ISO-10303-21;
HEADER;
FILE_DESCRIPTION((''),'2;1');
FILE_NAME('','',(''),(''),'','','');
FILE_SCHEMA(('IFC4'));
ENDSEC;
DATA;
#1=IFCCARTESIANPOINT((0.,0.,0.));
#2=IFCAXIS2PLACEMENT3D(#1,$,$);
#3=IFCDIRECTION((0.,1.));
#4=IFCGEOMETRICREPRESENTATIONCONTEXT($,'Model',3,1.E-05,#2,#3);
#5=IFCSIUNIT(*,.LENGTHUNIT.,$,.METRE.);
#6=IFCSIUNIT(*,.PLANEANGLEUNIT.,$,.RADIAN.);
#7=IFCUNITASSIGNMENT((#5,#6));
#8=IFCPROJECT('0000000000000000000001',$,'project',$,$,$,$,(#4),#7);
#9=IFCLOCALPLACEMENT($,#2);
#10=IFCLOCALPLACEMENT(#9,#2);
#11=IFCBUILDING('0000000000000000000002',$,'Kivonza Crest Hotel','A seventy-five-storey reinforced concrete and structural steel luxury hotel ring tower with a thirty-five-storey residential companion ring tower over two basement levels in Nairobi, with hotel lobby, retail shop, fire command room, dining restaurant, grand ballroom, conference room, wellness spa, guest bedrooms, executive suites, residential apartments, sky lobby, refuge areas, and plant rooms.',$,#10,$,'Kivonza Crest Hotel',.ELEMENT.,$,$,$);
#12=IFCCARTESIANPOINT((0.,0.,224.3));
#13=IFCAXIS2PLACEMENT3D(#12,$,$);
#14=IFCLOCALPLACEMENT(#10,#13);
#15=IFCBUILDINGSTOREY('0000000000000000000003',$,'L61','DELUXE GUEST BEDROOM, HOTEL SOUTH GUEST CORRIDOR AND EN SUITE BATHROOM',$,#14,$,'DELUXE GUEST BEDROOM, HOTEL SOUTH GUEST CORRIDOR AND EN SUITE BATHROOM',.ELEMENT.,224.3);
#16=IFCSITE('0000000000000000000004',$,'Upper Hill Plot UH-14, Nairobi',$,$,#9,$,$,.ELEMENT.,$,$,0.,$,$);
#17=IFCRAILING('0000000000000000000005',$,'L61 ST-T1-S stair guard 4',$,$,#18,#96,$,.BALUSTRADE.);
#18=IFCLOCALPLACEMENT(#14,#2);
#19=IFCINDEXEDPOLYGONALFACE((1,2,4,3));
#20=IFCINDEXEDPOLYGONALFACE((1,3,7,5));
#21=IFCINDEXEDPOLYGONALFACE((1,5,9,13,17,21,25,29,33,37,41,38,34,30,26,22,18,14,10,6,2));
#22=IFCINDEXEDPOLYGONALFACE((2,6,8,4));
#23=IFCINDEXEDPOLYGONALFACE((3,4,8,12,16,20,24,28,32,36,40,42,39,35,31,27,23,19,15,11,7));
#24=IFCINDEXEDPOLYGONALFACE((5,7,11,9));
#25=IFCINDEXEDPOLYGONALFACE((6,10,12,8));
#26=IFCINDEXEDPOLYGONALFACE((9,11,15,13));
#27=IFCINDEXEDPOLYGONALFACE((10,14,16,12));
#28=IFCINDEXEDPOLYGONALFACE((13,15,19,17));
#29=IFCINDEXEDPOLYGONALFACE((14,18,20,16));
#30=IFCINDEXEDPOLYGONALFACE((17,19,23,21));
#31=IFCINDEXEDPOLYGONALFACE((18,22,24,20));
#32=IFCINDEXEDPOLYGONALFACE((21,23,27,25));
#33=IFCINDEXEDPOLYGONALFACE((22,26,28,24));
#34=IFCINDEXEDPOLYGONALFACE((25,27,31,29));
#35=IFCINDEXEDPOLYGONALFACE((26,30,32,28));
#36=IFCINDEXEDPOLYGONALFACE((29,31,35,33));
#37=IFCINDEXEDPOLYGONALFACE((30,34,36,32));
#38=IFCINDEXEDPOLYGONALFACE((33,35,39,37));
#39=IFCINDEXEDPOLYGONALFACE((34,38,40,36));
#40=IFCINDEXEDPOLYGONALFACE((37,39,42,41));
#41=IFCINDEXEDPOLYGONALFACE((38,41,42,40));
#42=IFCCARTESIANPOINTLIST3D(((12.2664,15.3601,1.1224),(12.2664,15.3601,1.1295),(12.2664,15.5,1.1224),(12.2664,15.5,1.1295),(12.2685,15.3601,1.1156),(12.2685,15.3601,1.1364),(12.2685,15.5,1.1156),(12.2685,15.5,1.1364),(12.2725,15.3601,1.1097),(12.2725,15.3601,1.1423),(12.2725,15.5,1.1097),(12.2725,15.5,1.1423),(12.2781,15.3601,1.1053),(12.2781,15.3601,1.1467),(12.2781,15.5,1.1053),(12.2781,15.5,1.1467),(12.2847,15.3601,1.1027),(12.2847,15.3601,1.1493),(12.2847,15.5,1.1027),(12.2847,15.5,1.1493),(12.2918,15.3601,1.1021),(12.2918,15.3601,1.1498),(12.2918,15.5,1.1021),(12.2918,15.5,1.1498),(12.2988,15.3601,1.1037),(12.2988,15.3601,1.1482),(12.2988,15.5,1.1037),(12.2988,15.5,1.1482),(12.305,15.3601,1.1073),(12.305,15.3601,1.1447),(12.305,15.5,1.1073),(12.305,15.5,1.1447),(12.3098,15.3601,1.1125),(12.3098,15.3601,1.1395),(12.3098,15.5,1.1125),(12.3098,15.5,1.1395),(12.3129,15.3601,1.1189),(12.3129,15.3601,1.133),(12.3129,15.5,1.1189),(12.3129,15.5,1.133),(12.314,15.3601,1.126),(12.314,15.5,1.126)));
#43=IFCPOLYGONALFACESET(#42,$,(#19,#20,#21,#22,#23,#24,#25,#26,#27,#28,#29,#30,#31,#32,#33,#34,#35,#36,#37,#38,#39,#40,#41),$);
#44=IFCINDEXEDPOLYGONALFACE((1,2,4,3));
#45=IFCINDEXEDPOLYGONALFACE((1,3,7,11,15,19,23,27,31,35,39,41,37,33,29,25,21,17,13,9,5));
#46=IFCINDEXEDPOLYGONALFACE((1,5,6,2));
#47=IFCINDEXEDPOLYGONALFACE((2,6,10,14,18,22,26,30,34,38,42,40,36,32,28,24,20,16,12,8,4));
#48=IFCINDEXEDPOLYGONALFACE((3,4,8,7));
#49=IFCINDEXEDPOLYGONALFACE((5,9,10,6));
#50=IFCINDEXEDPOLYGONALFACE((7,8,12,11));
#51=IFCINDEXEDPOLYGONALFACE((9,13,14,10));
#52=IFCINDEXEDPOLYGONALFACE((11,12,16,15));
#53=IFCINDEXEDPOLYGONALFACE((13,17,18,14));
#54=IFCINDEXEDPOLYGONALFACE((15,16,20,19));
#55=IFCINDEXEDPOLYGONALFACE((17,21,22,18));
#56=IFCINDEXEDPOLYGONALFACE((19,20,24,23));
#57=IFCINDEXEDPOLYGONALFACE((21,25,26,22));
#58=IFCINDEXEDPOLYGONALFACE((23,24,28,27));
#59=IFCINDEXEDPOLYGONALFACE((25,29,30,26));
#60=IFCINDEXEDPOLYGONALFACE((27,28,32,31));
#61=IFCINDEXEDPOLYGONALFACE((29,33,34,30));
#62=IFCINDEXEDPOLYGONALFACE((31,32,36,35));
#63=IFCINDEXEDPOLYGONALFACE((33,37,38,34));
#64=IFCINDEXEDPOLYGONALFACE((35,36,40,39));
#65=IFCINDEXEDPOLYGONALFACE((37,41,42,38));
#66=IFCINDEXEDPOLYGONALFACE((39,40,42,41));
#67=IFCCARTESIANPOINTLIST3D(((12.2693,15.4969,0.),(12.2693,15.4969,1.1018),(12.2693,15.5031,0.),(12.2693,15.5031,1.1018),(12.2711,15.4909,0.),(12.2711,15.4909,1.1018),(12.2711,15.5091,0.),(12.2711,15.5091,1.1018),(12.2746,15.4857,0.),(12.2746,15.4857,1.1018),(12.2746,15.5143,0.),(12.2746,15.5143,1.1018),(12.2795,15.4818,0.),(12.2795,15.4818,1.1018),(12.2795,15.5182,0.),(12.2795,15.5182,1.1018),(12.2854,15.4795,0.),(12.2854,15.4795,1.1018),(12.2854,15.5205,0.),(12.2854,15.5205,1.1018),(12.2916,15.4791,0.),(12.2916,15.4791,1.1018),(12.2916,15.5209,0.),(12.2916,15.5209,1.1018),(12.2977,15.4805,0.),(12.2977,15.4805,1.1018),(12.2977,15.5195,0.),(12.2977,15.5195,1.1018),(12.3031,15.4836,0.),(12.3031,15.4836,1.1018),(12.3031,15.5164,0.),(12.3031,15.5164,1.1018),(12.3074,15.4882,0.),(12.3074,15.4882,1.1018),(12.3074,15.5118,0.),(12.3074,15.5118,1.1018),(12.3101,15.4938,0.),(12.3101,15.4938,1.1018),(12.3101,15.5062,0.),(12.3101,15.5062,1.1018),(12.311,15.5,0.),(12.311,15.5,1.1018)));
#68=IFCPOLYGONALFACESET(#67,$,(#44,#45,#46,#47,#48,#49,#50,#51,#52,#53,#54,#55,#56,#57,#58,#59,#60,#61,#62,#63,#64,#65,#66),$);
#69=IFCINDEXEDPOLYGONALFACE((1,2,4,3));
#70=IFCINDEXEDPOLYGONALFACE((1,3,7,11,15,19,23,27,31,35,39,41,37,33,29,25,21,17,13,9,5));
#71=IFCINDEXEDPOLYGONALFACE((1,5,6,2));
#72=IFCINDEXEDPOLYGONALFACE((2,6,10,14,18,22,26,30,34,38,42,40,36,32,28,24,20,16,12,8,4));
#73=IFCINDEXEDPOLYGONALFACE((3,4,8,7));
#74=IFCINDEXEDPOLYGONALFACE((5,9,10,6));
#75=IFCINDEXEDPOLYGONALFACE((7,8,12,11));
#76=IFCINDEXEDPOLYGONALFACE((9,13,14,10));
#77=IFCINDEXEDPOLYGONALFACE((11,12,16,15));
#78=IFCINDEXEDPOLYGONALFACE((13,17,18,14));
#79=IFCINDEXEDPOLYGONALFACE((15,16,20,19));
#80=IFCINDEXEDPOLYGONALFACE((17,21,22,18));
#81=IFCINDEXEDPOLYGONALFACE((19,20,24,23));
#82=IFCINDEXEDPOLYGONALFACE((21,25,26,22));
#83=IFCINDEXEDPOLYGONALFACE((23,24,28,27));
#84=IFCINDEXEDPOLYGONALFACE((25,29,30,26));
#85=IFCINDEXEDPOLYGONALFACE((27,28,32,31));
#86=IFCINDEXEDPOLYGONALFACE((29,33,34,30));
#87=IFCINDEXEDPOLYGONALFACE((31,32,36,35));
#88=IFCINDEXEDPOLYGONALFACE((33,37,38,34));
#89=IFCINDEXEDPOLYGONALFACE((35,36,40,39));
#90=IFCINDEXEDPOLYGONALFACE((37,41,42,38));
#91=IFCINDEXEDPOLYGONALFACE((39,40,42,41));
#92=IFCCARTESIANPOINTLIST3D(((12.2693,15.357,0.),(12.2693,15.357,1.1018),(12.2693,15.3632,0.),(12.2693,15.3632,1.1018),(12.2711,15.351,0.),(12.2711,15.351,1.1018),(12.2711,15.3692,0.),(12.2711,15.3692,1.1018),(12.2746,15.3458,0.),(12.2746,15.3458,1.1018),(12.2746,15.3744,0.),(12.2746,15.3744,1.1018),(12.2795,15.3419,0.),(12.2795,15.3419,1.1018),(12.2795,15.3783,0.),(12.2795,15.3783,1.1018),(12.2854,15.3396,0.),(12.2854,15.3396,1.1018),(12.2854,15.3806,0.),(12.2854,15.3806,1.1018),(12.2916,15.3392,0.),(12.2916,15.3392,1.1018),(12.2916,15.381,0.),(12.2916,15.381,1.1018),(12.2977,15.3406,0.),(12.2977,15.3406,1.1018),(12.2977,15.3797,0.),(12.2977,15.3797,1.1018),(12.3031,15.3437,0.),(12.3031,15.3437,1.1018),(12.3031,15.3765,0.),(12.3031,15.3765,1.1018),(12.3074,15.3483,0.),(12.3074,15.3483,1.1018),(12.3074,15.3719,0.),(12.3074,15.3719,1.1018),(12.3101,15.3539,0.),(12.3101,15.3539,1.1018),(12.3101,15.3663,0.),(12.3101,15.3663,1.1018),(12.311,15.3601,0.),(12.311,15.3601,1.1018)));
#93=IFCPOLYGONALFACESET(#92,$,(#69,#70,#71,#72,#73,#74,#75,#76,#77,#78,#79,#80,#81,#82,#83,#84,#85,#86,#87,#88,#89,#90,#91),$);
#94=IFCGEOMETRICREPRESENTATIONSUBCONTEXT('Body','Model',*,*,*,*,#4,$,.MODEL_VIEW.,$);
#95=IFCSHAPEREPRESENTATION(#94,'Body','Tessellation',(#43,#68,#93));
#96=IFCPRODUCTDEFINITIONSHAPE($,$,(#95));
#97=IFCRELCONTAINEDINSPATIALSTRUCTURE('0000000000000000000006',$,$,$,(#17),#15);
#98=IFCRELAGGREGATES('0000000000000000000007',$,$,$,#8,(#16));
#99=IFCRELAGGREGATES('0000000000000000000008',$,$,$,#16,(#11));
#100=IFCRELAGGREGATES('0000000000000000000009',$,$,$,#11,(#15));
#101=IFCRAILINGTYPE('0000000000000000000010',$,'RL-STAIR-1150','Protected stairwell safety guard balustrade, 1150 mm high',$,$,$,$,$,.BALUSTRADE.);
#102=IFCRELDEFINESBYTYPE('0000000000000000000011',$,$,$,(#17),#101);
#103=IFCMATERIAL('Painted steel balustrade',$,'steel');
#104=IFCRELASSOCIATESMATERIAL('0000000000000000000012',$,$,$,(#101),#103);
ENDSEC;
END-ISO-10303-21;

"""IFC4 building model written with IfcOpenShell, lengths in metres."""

from ifc_helpers import new_model, si_unit, direction, frame, origin, origin_2d, place, context, subcontext, project, spatial, circle, extrude, material, type_object, element, save


model = new_model("IFC4")

# Units and contexts
model_context = context("Model", 3, precision=1e-05, world=origin(), true_north=direction((0.0, 1.0)))
body_context = subcontext(model_context, "Body", "Model", "MODEL_VIEW")
ifc_project = project(units=[si_unit("LENGTHUNIT", "METRE"), si_unit("PLANEANGLEUNIT", "RADIAN")], contexts=[model_context])

# Site, building, storey
site_placement = place(None, origin())
site = spatial("IfcSite", under=ifc_project, at=site_placement, Name="Upper Hill Plot UH-14, Nairobi", CompositionType="ELEMENT", RefElevation=0.0)
building_placement = place(site_placement, origin())
building = spatial("IfcBuilding", under=site, at=building_placement, Name="Kivonza Crest Hotel", Description="A seventy-five-storey reinforced concrete and structural steel luxury hotel ring tower with a thirty-five-storey residential companion ring tower over two basement levels in Nairobi, with hotel lobby, retail shop, fire command room, dining restaurant, grand ballroom, conference room, wellness spa, guest bedrooms, executive suites, residential apartments, sky lobby, refuge areas, and plant rooms.", LongName="Kivonza Crest Hotel", CompositionType="ELEMENT")
storey_placement = place(building_placement, frame((0.0, 0.0, 224.3)))
storey = spatial("IfcBuildingStorey", under=building, at=storey_placement, Name="L61", Description="DELUXE GUEST BEDROOM, HOTEL SOUTH GUEST CORRIDOR AND EN SUITE BATHROOM", LongName="DELUXE GUEST BEDROOM, HOTEL SOUTH GUEST CORRIDOR AND EN SUITE BATHROOM", CompositionType="ELEMENT", Elevation=224.3)

# Railing
ifc_material_1 = material(Name="Painted steel balustrade", Category="steel")
railing_type_1 = type_object("IfcRailingType", Name="RL-STAIR-1150", Description="Protected stairwell safety guard balustrade, 1150 mm high", PredefinedType="BALUSTRADE", material=ifc_material_1)
railing_1_placement = place(storey_placement, frame((12.29, 15.5, 0.0)))
element("IfcRailing", 1, at=railing_1_placement, inside=storey, type_object=railing_type_1, Name="L61 ST-T1-S stair guard 4", PredefinedType="BALUSTRADE", context=body_context, shape_type="SweptSolid", body=[
    extrude(circle(Radius=0.0239, at=origin_2d()), frame((0.0, 0.0, 1.126), z_axis=(0.0, -1.0, 0.0), x_axis=(1.0, 0.0, 0.0)), (0.0, 0.0, 1.0), 0.1399),
    extrude(circle(Radius=0.021, at=origin_2d()), origin(), (0.0, 0.0, 1.0), 1.1018),
    extrude(circle(Radius=0.021, at=origin_2d()), frame((0.0, -0.1399, 0.0)), (0.0, 0.0, 1.0), 1.1018),
])

save(model, "model.ifc")
